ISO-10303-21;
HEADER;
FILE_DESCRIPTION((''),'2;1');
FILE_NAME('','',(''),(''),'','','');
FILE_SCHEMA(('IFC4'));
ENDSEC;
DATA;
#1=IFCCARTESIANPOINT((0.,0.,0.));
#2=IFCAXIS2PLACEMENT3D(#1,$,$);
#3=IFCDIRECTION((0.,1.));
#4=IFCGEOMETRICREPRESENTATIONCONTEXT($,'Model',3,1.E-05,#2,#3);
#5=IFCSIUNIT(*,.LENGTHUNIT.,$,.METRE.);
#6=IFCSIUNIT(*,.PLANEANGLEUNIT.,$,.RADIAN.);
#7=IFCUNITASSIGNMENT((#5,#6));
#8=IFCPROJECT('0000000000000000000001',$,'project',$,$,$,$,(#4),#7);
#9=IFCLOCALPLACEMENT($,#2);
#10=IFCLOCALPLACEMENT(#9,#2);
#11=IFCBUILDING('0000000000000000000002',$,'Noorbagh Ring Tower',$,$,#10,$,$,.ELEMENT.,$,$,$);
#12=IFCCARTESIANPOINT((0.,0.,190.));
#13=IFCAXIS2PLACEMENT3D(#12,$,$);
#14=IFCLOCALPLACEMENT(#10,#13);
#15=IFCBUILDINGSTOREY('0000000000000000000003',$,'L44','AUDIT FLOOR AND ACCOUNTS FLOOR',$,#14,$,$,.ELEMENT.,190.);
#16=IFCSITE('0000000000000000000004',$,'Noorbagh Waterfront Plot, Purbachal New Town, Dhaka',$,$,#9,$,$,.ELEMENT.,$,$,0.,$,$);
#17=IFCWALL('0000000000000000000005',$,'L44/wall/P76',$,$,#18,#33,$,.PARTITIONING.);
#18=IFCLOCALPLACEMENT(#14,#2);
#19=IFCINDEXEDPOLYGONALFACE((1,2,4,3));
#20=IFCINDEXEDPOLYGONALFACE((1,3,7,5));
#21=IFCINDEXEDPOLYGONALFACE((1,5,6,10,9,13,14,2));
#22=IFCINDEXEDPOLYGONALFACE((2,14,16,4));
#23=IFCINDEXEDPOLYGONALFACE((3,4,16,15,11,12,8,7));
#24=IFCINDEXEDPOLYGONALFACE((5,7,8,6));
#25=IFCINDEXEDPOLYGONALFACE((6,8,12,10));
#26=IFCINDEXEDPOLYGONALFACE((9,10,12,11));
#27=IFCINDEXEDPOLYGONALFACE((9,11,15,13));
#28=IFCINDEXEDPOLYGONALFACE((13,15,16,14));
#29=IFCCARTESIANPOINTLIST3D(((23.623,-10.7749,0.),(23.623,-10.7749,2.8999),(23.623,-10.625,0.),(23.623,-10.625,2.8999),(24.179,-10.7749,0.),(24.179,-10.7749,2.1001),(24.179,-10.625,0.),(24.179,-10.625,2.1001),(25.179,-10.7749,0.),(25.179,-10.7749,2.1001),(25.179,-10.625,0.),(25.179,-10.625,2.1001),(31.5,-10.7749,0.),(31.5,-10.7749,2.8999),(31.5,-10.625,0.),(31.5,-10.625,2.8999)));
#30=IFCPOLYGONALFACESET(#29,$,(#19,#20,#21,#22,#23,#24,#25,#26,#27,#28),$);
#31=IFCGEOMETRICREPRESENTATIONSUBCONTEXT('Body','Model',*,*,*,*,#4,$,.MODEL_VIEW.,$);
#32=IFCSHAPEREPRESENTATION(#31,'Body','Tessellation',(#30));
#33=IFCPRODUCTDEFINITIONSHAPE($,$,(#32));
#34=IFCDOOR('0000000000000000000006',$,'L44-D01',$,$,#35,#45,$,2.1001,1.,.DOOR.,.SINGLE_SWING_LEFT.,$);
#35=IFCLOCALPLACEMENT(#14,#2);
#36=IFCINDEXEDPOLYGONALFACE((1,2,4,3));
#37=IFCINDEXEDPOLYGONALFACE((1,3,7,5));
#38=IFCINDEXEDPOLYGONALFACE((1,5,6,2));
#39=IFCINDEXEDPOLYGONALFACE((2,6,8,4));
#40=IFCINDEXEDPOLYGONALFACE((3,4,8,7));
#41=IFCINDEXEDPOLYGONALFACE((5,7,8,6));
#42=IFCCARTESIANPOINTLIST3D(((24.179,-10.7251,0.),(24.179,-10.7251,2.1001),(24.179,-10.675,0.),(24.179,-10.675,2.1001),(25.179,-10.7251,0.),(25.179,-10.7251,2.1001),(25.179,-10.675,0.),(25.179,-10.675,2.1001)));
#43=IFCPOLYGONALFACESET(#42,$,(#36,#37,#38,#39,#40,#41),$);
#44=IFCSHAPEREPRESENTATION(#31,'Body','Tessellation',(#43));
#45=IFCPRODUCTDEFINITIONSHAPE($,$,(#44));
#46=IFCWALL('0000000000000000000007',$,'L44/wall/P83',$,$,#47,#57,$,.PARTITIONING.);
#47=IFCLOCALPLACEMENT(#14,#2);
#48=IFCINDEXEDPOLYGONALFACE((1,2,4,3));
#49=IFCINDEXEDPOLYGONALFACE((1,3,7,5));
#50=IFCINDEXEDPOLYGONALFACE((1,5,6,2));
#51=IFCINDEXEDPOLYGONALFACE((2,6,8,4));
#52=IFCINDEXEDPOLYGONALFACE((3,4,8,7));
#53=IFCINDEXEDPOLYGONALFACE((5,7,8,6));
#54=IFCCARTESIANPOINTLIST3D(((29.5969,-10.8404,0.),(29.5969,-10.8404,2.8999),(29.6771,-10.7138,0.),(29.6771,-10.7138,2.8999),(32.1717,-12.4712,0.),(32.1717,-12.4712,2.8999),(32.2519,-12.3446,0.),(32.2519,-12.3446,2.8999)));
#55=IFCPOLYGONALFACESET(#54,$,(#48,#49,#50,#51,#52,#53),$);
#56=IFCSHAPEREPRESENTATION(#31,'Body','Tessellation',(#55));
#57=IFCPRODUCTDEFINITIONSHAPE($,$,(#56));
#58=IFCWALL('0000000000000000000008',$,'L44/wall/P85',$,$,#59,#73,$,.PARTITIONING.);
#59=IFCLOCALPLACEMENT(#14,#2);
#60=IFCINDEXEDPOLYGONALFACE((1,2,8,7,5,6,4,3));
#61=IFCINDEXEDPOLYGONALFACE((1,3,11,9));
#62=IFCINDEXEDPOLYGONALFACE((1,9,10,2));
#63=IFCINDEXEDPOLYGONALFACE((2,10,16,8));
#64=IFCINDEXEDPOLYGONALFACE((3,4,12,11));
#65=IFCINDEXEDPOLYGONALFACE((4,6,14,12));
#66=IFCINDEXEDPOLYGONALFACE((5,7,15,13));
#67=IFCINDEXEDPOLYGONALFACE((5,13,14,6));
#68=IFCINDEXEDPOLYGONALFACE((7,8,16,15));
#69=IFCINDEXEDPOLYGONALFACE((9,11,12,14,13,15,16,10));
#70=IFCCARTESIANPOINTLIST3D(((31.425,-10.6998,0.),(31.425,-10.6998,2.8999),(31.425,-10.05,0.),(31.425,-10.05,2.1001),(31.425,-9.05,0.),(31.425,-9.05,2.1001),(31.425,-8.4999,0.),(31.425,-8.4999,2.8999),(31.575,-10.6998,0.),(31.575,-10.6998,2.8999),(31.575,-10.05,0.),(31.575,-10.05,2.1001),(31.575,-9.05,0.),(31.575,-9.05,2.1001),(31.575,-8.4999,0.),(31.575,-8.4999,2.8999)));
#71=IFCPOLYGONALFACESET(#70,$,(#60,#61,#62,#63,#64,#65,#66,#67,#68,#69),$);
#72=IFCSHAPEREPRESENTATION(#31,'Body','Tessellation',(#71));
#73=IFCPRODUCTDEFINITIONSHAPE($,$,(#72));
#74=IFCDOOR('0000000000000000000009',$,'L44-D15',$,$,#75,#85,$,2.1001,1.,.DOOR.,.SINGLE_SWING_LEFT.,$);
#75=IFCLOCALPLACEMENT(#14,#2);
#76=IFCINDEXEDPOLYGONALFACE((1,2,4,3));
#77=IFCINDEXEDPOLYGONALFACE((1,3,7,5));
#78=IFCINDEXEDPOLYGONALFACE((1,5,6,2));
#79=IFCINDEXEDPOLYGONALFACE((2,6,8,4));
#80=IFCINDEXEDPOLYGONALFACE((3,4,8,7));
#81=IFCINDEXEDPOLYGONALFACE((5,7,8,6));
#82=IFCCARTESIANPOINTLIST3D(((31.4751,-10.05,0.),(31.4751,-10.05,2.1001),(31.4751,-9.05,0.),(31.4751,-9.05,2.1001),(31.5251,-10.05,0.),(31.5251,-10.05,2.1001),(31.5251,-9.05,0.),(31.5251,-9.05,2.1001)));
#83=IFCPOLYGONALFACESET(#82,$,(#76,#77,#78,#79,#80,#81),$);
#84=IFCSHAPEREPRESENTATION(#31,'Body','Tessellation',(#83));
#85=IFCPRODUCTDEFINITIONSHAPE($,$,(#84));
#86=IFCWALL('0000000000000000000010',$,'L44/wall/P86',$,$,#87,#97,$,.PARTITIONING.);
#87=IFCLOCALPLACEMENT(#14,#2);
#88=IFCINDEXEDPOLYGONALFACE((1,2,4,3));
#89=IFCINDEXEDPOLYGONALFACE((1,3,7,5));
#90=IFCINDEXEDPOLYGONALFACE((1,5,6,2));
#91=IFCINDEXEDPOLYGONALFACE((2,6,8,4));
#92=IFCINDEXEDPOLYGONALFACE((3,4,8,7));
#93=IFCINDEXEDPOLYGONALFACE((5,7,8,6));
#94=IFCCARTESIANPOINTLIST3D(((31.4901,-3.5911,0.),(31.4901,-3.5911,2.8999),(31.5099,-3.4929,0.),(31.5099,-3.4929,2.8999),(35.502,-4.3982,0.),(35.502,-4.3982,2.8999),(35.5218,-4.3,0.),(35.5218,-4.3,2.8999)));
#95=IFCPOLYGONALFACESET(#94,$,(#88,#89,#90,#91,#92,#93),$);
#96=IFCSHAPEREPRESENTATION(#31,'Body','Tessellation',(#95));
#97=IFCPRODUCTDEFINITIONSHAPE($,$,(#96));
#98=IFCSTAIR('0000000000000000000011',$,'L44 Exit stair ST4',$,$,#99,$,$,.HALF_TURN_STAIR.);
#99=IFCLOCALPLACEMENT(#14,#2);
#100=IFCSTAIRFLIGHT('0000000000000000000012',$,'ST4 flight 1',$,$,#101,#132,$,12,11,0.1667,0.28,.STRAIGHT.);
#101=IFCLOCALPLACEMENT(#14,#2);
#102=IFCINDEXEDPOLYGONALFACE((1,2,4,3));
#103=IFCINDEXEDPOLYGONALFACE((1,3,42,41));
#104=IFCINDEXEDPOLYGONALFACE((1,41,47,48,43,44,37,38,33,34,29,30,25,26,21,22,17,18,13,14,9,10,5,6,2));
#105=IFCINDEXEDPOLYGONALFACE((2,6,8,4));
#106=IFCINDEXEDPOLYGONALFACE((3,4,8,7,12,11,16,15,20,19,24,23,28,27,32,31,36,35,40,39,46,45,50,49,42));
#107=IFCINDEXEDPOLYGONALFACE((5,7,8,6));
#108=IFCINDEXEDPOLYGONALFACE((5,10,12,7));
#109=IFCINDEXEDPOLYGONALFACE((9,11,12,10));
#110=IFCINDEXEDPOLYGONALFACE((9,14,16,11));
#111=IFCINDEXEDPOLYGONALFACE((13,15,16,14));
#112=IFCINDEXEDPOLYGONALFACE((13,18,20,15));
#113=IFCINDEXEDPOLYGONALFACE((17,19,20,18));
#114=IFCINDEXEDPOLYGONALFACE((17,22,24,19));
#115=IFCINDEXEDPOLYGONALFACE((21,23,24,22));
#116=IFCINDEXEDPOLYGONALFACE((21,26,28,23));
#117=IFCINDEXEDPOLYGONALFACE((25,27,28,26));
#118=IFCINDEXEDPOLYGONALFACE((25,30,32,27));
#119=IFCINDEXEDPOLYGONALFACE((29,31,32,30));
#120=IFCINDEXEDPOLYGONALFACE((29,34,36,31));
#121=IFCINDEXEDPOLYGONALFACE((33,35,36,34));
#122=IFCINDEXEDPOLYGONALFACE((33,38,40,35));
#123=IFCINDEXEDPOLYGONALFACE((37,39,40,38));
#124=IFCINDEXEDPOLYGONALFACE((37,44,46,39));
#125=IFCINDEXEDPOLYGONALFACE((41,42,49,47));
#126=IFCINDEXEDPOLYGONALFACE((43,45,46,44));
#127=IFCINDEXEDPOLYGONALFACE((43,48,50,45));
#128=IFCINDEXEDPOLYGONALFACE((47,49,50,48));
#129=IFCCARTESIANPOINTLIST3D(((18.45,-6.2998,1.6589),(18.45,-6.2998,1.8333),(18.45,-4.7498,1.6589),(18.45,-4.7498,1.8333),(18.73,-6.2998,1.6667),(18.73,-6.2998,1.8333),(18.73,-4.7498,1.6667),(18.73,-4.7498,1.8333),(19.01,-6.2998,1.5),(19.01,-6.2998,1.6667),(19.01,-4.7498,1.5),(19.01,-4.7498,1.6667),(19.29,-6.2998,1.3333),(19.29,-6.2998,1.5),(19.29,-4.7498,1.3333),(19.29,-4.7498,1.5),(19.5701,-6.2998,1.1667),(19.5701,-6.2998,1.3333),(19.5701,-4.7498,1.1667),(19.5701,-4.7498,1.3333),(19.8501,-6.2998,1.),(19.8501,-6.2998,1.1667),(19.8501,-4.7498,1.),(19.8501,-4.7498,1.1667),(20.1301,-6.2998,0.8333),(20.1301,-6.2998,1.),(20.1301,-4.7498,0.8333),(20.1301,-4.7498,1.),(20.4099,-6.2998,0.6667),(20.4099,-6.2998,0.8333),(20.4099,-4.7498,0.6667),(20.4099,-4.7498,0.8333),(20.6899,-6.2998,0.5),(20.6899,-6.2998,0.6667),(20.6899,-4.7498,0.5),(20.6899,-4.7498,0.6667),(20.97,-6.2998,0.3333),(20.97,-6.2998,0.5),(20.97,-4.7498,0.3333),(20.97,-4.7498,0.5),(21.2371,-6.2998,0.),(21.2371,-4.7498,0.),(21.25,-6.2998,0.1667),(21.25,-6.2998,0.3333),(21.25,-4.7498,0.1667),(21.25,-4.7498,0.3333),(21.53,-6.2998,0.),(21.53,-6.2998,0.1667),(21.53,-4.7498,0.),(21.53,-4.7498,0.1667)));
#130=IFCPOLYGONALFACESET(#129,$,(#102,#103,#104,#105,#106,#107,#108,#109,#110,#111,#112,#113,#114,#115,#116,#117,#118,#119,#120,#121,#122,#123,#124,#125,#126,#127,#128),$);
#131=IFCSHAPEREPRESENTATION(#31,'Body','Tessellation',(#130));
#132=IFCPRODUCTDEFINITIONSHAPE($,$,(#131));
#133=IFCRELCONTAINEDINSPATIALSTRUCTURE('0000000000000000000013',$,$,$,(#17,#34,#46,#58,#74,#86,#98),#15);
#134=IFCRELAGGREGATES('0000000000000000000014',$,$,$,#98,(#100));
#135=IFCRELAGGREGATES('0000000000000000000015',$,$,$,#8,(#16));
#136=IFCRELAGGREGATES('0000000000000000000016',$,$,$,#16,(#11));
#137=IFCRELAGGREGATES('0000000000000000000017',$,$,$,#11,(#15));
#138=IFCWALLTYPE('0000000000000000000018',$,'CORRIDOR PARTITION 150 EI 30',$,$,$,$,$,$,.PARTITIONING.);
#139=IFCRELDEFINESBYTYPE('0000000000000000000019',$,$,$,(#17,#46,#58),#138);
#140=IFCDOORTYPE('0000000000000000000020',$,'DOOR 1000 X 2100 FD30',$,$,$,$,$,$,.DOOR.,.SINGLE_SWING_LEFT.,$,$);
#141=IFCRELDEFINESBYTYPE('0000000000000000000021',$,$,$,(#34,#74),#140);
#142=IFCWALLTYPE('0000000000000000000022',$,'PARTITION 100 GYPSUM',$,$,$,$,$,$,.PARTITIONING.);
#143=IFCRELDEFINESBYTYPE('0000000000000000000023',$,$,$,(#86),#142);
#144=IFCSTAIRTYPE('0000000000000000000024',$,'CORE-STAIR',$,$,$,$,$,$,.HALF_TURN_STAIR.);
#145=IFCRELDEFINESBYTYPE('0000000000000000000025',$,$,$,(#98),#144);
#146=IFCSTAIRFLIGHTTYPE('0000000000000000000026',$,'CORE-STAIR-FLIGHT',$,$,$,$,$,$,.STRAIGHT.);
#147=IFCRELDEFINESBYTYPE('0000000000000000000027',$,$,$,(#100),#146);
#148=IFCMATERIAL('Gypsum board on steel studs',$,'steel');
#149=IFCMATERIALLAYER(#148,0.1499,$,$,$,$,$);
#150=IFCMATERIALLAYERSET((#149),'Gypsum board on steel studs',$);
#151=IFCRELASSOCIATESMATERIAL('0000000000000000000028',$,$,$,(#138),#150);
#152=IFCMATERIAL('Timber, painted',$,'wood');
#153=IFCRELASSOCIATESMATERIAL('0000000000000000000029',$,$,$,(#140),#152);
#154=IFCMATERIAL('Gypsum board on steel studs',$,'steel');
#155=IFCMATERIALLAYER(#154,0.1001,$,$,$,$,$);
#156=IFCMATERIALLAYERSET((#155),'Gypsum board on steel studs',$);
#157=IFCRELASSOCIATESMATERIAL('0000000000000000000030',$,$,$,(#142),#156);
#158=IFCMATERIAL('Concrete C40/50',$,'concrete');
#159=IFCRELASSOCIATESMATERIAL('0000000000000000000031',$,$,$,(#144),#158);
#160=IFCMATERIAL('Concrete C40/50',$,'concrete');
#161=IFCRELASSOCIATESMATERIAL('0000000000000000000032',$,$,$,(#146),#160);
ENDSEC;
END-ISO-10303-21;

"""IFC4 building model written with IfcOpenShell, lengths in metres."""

from ifc_helpers import new_model, si_unit, direction, frame, frame_2d, origin, place, context, subcontext, project, spatial, polyline, rectangle, outline, extrude, material, layer, layer_set, type_object, element, fill, aggregate, save


model = new_model("IFC4")

# Units and contexts
model_context = context("Model", 3, precision=1e-05, world=origin(), true_north=direction((0.0, 1.0)))
body_context = subcontext(model_context, "Body", "Model", "MODEL_VIEW")
ifc_project = project(units=[si_unit("LENGTHUNIT", "METRE"), si_unit("PLANEANGLEUNIT", "RADIAN")], contexts=[model_context])

# Site, building, storey
site_placement = place(None, origin())
site = spatial("IfcSite", under=ifc_project, at=site_placement, Name="Noorbagh Waterfront Plot, Purbachal New Town, Dhaka", CompositionType="ELEMENT", RefElevation=0.0)
building_placement = place(site_placement, origin())
building = spatial("IfcBuilding", under=site, at=building_placement, Name="Noorbagh Ring Tower", CompositionType="ELEMENT")
storey_placement = place(building_placement, frame((0.0, 0.0, 190.0)))
storey = spatial("IfcBuildingStorey", under=building, at=storey_placement, Name="L44", Description="AUDIT FLOOR AND ACCOUNTS FLOOR", CompositionType="ELEMENT", Elevation=190.0)

# Wall, opening, door
ifc_material_1 = material(Name="Gypsum board on steel studs", Category="steel")
ifc_layer_1 = layer(ifc_material_1, 0.1499)
ifc_layer_set_1 = layer_set([ifc_layer_1], Name="Gypsum board on steel studs")
wall_type_1 = type_object("IfcWallType", Name="CORRIDOR PARTITION 150 EI 30", PredefinedType="PARTITIONING", material=ifc_layer_set_1)
wall_1_placement = place(storey_placement, frame((23.623, -10.7, 0.0), z_axis=(0.0, 0.0, 1.0), x_axis=(1.0, 0.0, 0.0)))
wall_1 = element("IfcWall", 1, at=wall_1_placement, inside=storey, type_object=wall_type_1, Name="L44/wall/P76", PredefinedType="PARTITIONING", context=body_context, shape_type="SweptSolid", body=[
    extrude(rectangle(XDim=7.877, YDim=0.1499, at=frame_2d((3.9385, 0.0))), origin(), (0.0, 0.0, 1.0), 2.8999),
])
opening_1_placement = place(wall_1_placement, frame((0.5559, 0.0, 0.0)))
opening_1 = element("IfcOpeningElement", 2, at=opening_1_placement, cuts=wall_1, PredefinedType="OPENING", context=body_context, shape_type="SweptSolid", body=[
    extrude(rectangle(XDim=1.0, YDim=2.1001, at=frame_2d((0.5, 1.05))), frame((0.0, 0.085, 0.0), z_axis=(0.0, -1.0, 0.0), x_axis=(1.0, 0.0, 0.0)), (0.0, 0.0, 1.0), 0.1699),
])
ifc_material_2 = material(Name="Timber, painted", Category="wood")
door_type_1 = type_object("IfcDoorType", Name="DOOR 1000 X 2100 FD30", OperationType="SINGLE_SWING_LEFT", PredefinedType="DOOR", material=ifc_material_2)
door_1_placement = place(opening_1_placement, origin())
door_1 = element("IfcDoor", 3, at=door_1_placement, inside=storey, type_object=door_type_1, Name="L44-D01", OperationType="SINGLE_SWING_LEFT", OverallHeight=2.1001, OverallWidth=1.0, PredefinedType="DOOR", context=body_context, shape_type="SweptSolid", body=[
    extrude(rectangle(XDim=1.0, YDim=2.1001, at=frame_2d((0.5, 1.05))), frame((0.0, 0.0249, 0.0), z_axis=(0.0, -1.0, 0.0), x_axis=(1.0, 0.0, 0.0)), (0.0, 0.0, 1.0), 0.05),
])
fill(opening_1, door_1)

# Wall
wall_2_placement = place(storey_placement, frame((29.637, -10.7771, 0.0), z_axis=(0.0, 0.0, 1.0), x_axis=(0.844811, -0.535065, 0.0)))
element("IfcWall", 4, at=wall_2_placement, inside=storey, type_object=wall_type_1, Name="L44/wall/P83", PredefinedType="PARTITIONING", context=body_context, shape_type="SweptSolid", body=[
    extrude(rectangle(XDim=3.0479, YDim=0.1499, at=frame_2d((1.5239, 0.0))), origin(), (0.0, 0.0, 1.0), 2.8999),
])

# Wall, opening, door
wall_3_placement = place(storey_placement, frame((31.5, -10.7, 0.0), z_axis=(0.0, 0.0, 1.0), x_axis=(0.0, 1.0, 0.0)))
wall_3 = element("IfcWall", 5, at=wall_3_placement, inside=storey, type_object=wall_type_1, Name="L44/wall/P85", PredefinedType="PARTITIONING", context=body_context, shape_type="SweptSolid", body=[
    extrude(rectangle(XDim=2.2, YDim=0.1499, at=frame_2d((1.1001, 0.0))), origin(), (0.0, 0.0, 1.0), 2.8999),
])
opening_2_placement = place(wall_3_placement, frame((0.6499, 0.0, 0.0)))
opening_2 = element("IfcOpeningElement", 6, at=opening_2_placement, cuts=wall_3, PredefinedType="OPENING", context=body_context, shape_type="SweptSolid", body=[
    extrude(rectangle(XDim=1.0, YDim=2.1001, at=frame_2d((0.5, 1.05))), frame((0.0, 0.085, 0.0), z_axis=(0.0, -1.0, 0.0), x_axis=(1.0, 0.0, 0.0)), (0.0, 0.0, 1.0), 0.1699),
])
door_2_placement = place(opening_2_placement, origin())
door_2 = element("IfcDoor", 7, at=door_2_placement, inside=storey, type_object=door_type_1, Name="L44-D15", OperationType="SINGLE_SWING_LEFT", OverallHeight=2.1001, OverallWidth=1.0, PredefinedType="DOOR", context=body_context, shape_type="SweptSolid", body=[
    extrude(rectangle(XDim=1.0, YDim=2.1001, at=frame_2d((0.5, 1.05))), frame((0.0, 0.0249, 0.0), z_axis=(0.0, -1.0, 0.0), x_axis=(1.0, 0.0, 0.0)), (0.0, 0.0, 1.0), 0.05),
])
fill(opening_2, door_2)

# Wall
ifc_material_3 = material(Name="Gypsum board on steel studs", Category="steel")
ifc_layer_2 = layer(ifc_material_3, 0.1001)
ifc_layer_set_2 = layer_set([ifc_layer_2], Name="Gypsum board on steel studs")
wall_type_2 = type_object("IfcWallType", Name="PARTITION 100 GYPSUM", PredefinedType="PARTITIONING", material=ifc_layer_set_2)
wall_4_placement = place(storey_placement, frame((31.5, -3.542, 0.0), z_axis=(0.0, 0.0, 1.0), x_axis=(0.980357, -0.197229, 0.0)))
element("IfcWall", 8, at=wall_4_placement, inside=storey, type_object=wall_type_2, Name="L44/wall/P86", PredefinedType="PARTITIONING", context=body_context, shape_type="SweptSolid", body=[
    extrude(rectangle(XDim=4.0923, YDim=0.1001, at=frame_2d((2.0461, 0.0))), origin(), (0.0, 0.0, 1.0), 2.8999),
])

# Stair, stair flight
ifc_material_4 = material(Name="Concrete C40/50", Category="concrete")
stair_type = type_object("IfcStairType", Name="CORE-STAIR", PredefinedType="HALF_TURN_STAIR", material=ifc_material_4)
stair_placement = place(storey_placement, origin())
stair = element("IfcStair", 9, at=stair_placement, inside=storey, type_object=stair_type, Name="L44 Exit stair ST4", PredefinedType="HALF_TURN_STAIR")
ifc_material_5 = material(Name="Concrete C40/50", Category="concrete")
stair_flight_type = type_object("IfcStairFlightType", Name="CORE-STAIR-FLIGHT", PredefinedType="STRAIGHT", material=ifc_material_5)
stair_flight_placement = place(storey_placement, frame((21.53, -5.5249, 0.0), z_axis=(0.0, 0.0, 1.0), x_axis=(-1.0, 0.0, 0.0)))
stair_flight = element("IfcStairFlight", 10, at=stair_flight_placement, type_object=stair_flight_type, Name="ST4 flight 1", NumberOfRisers=12, NumberOfTreads=11, PredefinedType="STRAIGHT", RiserHeight=0.1667, TreadLength=0.28, context=body_context, shape_type="SweptSolid", body=[
    extrude(outline(polyline([(0.0, 0.0), (0.0, 0.1667), (0.28, 0.1667), (0.28, 0.3333), (0.5601, 0.3333), (0.5601, 0.5), (0.8401, 0.5), (0.8401, 0.6667), (1.1201, 0.6667), (1.1201, 0.8333), (1.3999, 0.8333), (1.3999, 1.0), (1.6799, 1.0), (1.6799, 1.1667), (1.96, 1.1667), (1.96, 1.3333), (2.24, 1.3333), (2.24, 1.5), (2.52, 1.5), (2.52, 1.6667), (2.8, 1.6667), (2.8, 1.8333), (3.0801, 1.8333), (3.0801, 2.0), (3.0801, 1.6589), (0.293, 0.0), (0.0, 0.0)])), frame((0.0, 0.7749, 0.0), z_axis=(0.0, -1.0, 0.0), x_axis=(1.0, 0.0, 0.0)), (0.0, 0.0, 1.0), 1.55),
])
aggregate(stair, [stair_flight])

save(model, "model.ifc")
